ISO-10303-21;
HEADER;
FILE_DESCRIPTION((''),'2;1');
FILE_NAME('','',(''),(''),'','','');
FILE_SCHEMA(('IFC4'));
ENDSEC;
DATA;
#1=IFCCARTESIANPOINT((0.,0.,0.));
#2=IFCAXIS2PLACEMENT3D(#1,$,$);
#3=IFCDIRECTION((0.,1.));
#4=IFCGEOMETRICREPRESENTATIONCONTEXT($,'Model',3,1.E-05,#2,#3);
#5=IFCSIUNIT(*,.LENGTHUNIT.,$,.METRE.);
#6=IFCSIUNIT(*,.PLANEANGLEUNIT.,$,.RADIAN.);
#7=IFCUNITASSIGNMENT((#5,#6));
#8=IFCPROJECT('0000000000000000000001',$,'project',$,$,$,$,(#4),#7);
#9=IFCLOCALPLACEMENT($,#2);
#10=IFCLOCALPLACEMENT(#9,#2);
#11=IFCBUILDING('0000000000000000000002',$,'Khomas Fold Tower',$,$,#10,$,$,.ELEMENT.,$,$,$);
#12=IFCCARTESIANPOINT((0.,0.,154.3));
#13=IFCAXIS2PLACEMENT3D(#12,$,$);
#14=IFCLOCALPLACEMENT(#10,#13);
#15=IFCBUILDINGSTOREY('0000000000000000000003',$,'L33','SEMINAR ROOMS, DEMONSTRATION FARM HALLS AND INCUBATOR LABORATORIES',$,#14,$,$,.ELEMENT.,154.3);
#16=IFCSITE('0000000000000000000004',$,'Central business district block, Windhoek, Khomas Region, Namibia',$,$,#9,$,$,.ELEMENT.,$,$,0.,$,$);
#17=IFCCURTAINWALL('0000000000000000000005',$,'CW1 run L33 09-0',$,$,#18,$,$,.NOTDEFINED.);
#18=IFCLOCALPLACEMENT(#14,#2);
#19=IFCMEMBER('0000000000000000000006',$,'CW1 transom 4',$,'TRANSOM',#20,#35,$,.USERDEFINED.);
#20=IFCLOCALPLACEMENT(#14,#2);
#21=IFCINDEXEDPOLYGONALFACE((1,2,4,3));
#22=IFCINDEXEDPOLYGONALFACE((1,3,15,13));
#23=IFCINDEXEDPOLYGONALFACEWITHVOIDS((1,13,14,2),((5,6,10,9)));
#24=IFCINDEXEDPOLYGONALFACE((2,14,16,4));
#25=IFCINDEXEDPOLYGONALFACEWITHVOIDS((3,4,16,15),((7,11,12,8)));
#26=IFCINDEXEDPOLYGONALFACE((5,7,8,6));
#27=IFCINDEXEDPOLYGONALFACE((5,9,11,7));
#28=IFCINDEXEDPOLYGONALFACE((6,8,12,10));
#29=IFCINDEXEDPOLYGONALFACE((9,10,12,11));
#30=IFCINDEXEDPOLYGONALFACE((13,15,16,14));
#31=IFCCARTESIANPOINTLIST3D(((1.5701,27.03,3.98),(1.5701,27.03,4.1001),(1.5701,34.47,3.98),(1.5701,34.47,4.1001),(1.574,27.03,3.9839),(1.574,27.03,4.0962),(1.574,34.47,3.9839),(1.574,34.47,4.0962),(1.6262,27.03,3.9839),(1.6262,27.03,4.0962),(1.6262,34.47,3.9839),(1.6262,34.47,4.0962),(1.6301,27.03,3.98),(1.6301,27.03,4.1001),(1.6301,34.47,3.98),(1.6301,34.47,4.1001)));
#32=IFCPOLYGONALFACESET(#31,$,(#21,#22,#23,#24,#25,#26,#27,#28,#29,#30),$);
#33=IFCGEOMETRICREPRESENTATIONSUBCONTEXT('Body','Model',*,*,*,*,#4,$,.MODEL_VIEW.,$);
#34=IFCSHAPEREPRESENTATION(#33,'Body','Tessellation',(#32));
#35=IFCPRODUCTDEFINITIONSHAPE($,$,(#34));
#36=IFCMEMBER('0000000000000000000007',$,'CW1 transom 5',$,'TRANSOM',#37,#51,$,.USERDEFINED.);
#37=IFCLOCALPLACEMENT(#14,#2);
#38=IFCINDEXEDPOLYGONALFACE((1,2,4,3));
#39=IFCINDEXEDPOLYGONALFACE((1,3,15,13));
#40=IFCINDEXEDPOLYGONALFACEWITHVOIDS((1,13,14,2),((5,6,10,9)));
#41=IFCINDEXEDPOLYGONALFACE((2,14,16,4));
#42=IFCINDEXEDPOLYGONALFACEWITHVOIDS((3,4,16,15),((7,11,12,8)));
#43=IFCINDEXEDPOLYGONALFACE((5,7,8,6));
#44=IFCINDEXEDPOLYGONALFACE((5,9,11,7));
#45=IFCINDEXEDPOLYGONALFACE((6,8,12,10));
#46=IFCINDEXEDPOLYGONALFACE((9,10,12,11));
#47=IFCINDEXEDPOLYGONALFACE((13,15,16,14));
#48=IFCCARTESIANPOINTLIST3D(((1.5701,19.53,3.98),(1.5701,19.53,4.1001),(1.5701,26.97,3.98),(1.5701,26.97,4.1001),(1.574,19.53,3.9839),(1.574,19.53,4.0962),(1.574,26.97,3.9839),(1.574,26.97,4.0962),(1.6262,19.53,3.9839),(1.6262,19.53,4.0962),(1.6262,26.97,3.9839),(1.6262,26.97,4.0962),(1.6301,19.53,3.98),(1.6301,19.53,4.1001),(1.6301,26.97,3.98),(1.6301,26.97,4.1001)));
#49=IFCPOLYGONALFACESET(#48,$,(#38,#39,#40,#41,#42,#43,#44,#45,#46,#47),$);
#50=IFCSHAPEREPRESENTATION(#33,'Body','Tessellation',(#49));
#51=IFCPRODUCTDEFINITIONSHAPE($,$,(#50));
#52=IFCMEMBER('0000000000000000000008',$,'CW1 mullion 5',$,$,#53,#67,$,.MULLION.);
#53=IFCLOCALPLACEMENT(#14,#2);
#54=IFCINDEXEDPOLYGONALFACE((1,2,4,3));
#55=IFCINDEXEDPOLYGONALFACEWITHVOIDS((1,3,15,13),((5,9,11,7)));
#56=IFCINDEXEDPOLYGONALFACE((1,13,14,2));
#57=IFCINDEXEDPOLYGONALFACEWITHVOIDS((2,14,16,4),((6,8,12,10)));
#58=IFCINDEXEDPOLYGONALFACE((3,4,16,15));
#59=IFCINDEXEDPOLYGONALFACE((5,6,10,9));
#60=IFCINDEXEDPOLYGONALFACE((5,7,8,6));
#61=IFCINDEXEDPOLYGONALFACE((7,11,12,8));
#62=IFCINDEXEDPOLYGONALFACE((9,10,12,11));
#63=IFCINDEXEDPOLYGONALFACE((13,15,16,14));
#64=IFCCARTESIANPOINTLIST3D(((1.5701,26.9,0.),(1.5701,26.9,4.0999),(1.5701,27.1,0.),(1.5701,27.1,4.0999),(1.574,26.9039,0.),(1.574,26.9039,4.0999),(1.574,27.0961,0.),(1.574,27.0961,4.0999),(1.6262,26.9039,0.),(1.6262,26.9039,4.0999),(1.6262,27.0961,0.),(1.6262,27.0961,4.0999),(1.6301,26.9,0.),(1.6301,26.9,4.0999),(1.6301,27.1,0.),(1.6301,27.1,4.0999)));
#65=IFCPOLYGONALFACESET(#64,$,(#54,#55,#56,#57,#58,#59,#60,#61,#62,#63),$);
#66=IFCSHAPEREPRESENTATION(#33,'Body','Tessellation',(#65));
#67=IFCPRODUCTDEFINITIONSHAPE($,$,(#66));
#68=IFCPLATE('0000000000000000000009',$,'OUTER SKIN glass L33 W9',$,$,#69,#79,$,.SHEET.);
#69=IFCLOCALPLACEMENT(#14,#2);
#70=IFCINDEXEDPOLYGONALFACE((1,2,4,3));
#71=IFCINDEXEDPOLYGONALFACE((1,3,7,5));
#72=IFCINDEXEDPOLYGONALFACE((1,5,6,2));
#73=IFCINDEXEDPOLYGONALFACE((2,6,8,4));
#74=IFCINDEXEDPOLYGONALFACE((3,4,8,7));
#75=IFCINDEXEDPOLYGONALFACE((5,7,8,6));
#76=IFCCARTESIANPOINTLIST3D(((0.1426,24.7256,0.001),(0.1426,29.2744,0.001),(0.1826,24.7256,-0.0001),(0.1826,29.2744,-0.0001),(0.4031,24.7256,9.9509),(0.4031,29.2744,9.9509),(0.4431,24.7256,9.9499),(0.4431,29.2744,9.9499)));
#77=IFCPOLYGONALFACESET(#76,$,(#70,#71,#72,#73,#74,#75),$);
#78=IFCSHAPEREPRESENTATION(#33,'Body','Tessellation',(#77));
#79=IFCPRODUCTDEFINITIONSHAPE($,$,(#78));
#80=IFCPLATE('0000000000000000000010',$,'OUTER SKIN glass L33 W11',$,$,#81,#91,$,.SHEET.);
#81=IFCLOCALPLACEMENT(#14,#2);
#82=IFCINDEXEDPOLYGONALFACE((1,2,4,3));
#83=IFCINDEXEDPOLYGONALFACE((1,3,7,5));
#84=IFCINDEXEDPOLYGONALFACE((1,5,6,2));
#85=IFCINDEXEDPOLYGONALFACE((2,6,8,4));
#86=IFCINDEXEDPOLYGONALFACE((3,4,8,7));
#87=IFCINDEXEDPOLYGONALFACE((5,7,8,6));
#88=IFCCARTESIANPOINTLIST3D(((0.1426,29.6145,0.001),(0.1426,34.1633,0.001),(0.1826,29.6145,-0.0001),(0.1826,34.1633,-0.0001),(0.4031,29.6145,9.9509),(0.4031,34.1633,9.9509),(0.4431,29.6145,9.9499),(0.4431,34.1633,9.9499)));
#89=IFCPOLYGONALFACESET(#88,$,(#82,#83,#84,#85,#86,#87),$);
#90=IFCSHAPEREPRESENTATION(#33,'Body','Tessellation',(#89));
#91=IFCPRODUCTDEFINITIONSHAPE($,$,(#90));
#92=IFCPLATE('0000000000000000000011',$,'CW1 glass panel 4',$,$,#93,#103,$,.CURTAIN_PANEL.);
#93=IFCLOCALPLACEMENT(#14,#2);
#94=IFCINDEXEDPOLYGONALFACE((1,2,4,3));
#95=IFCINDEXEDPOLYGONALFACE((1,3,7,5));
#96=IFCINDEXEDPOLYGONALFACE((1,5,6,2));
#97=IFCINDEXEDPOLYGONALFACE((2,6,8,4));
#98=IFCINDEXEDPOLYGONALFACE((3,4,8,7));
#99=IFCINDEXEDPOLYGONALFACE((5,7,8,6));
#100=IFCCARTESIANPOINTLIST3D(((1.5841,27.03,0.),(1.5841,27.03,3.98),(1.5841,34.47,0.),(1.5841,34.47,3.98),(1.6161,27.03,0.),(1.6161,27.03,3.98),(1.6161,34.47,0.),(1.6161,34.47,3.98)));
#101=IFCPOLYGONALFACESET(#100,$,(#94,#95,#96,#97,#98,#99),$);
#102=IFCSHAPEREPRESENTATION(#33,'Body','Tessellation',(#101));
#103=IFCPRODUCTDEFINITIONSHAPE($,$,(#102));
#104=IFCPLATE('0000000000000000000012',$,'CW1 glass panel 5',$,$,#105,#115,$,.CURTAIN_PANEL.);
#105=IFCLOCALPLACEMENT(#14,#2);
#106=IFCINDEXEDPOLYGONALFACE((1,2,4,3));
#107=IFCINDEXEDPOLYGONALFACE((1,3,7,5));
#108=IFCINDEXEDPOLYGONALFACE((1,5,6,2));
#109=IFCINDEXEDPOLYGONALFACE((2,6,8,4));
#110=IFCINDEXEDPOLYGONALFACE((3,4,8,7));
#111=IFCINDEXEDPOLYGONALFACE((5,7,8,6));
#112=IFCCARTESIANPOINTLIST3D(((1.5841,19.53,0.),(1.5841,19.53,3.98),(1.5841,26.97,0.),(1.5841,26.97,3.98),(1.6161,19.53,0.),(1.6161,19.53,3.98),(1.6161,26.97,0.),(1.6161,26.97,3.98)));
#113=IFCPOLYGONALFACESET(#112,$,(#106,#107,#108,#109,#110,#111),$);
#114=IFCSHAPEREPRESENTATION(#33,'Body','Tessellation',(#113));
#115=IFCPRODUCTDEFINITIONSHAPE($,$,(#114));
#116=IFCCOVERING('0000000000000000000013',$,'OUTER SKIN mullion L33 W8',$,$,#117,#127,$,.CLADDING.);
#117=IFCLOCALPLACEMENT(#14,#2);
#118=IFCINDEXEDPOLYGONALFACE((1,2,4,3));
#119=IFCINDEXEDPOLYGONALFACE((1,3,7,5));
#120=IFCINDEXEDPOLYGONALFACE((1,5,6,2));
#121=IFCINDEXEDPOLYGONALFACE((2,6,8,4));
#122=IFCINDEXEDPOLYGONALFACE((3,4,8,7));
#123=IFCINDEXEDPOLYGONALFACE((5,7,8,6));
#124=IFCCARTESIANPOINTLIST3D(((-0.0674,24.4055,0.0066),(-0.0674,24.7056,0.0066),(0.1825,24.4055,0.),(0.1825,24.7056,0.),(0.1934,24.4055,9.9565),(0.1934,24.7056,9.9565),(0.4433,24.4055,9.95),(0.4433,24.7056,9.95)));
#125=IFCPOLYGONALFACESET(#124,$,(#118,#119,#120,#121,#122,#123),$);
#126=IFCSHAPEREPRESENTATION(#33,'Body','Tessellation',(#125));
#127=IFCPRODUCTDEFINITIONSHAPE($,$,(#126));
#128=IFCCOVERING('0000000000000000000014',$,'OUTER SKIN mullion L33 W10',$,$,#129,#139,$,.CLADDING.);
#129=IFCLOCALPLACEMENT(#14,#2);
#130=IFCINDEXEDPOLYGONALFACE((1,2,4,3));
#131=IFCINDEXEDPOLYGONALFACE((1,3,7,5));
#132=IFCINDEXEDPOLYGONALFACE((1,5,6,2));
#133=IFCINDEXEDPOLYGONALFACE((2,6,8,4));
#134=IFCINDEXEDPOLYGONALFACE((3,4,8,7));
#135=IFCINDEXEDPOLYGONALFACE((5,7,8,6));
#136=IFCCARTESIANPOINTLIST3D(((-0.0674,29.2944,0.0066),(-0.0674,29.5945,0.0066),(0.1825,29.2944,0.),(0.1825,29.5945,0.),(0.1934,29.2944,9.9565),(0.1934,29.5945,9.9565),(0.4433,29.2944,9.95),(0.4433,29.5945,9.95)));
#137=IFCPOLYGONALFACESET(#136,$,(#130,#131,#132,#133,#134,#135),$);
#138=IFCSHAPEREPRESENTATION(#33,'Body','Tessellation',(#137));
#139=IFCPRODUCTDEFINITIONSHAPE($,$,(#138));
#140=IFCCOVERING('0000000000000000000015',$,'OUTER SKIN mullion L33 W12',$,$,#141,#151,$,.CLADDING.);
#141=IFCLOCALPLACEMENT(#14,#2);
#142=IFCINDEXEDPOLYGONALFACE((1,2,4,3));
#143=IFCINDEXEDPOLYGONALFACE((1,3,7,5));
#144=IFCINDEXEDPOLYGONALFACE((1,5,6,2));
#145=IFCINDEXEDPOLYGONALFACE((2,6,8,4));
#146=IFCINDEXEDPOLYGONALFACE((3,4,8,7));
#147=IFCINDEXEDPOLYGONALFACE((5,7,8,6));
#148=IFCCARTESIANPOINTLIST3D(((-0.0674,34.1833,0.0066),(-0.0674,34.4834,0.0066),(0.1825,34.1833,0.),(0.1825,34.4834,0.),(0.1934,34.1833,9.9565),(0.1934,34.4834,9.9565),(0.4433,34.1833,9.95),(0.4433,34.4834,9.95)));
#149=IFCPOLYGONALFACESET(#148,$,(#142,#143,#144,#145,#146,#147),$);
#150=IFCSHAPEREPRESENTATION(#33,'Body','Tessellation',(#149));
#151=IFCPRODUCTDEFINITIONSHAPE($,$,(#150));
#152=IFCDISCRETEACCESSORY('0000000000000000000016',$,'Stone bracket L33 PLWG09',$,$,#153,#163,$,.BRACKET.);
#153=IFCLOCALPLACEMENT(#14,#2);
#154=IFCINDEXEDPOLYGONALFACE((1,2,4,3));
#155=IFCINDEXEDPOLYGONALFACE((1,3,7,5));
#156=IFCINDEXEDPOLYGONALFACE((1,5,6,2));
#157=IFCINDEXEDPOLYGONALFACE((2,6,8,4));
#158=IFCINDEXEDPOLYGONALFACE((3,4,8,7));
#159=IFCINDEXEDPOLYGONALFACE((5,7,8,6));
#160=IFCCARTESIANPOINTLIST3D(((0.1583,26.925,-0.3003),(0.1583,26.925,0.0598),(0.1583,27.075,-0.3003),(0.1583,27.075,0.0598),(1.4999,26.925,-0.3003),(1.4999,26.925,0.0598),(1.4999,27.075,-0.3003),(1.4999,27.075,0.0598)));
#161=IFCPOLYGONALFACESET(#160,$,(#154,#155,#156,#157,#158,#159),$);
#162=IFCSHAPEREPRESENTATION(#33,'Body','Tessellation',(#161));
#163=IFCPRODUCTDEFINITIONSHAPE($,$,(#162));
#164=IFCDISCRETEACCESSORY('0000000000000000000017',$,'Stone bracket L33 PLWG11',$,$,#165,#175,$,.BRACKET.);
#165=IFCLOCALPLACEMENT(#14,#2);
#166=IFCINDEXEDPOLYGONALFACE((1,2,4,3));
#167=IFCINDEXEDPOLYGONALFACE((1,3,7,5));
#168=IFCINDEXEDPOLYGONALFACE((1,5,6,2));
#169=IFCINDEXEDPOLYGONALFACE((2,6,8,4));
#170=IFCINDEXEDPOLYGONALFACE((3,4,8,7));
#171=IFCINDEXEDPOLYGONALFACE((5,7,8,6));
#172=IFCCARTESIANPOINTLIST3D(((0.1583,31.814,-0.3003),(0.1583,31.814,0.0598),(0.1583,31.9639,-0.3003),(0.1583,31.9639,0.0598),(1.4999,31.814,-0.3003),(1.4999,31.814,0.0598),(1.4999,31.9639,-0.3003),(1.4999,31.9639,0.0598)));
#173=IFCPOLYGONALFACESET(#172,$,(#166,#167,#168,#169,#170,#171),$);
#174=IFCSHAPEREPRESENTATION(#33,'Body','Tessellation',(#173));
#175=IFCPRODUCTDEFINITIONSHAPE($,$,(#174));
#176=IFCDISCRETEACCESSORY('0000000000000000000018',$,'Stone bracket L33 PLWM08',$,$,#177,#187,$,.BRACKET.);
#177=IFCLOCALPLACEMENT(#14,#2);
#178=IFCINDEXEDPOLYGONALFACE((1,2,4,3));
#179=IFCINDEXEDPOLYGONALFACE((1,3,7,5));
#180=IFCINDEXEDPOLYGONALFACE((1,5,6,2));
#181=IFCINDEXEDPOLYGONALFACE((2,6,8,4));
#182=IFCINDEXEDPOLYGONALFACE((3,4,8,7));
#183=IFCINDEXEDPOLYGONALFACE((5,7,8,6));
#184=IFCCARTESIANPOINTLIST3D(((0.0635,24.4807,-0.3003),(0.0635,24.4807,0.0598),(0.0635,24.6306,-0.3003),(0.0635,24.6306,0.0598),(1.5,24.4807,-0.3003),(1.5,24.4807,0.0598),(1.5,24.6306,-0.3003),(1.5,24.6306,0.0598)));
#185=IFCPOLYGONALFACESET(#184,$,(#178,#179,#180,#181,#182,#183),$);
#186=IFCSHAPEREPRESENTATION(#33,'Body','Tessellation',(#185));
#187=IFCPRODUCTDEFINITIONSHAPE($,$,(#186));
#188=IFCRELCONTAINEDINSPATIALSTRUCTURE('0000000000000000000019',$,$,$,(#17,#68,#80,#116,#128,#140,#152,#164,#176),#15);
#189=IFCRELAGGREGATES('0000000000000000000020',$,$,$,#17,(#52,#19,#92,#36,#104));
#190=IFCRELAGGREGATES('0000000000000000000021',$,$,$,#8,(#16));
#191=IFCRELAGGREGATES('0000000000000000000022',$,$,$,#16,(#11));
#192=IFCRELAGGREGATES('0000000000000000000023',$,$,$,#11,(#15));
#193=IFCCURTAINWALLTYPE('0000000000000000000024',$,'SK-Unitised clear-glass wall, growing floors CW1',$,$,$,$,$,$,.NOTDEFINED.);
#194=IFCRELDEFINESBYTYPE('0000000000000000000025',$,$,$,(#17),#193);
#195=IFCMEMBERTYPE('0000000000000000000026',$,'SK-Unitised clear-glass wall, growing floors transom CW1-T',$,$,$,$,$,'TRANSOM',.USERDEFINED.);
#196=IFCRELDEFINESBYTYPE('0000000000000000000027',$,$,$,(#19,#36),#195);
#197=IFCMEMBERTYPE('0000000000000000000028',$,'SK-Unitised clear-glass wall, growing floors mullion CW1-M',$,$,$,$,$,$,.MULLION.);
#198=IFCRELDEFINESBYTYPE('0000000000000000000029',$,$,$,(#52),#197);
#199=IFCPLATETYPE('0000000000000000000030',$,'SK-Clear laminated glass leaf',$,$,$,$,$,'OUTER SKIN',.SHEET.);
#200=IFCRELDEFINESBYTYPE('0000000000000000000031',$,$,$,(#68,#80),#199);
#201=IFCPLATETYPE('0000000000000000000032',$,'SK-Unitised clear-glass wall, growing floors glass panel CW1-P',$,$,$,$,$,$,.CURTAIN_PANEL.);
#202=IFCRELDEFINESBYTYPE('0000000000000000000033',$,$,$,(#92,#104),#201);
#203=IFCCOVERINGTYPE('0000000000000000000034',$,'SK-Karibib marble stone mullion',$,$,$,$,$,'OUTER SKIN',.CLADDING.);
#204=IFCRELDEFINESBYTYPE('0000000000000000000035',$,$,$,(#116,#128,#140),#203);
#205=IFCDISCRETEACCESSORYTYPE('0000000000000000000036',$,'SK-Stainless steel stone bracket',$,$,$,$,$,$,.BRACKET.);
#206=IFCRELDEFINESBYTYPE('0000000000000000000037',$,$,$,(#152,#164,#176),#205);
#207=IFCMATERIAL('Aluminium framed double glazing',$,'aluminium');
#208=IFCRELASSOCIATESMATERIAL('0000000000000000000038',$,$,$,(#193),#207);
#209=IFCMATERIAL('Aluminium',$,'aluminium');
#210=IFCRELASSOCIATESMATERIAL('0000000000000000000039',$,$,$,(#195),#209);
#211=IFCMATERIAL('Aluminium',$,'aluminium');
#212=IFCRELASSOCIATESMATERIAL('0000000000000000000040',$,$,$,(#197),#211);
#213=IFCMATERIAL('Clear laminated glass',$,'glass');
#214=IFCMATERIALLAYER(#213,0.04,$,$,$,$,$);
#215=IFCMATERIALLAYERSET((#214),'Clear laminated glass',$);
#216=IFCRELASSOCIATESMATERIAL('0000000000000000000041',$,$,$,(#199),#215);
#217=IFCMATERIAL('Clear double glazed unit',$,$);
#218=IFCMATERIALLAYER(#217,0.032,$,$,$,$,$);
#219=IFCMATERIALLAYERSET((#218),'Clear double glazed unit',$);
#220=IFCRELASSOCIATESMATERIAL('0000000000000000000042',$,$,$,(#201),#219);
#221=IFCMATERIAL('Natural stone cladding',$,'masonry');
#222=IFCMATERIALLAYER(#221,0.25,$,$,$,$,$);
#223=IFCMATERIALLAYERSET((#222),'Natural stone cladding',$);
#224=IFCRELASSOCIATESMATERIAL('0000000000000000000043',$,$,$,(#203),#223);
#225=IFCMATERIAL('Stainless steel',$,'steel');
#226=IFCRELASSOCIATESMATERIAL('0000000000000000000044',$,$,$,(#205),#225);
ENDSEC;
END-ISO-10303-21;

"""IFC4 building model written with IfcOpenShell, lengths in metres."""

from ifc_helpers import new_model, si_unit, direction, frame, origin, origin_2d, place, context, subcontext, project, spatial, polyline, rectangle, hollow_rectangle, outline, extrude, source, transform, mapped, material, layer, layer_set, material_profile, profile_set, type_object, element, aggregate, save


model = new_model("IFC4")

# Units and contexts
model_context = context("Model", 3, precision=1e-05, world=origin(), true_north=direction((0.0, 1.0)))
body_context = subcontext(model_context, "Body", "Model", "MODEL_VIEW")
ifc_project = project(units=[si_unit("LENGTHUNIT", "METRE"), si_unit("PLANEANGLEUNIT", "RADIAN")], contexts=[model_context])

# Site, building, storey
site_placement = place(None, origin())
site = spatial("IfcSite", under=ifc_project, at=site_placement, Name="Central business district block, Windhoek, Khomas Region, Namibia", CompositionType="ELEMENT", RefElevation=0.0)
building_placement = place(site_placement, origin())
building = spatial("IfcBuilding", under=site, at=building_placement, Name="Khomas Fold Tower", CompositionType="ELEMENT")
storey_placement = place(building_placement, frame((0.0, 0.0, 154.3)))
storey = spatial("IfcBuildingStorey", under=building, at=storey_placement, Name="L33", Description="SEMINAR ROOMS, DEMONSTRATION FARM HALLS AND INCUBATOR LABORATORIES", CompositionType="ELEMENT", Elevation=154.3)

# Curtain wall, members
ifc_material_1 = material(Name="Aluminium framed double glazing", Category="aluminium")
curtain_wall_type = type_object("IfcCurtainWallType", Name="SK-Unitised clear-glass wall, growing floors CW1", PredefinedType="NOTDEFINED", material=ifc_material_1)
curtain_wall_placement = place(storey_placement, origin())
curtain_wall = element("IfcCurtainWall", 1, at=curtain_wall_placement, inside=storey, type_object=curtain_wall_type, Name="CW1 run L33 09-0", PredefinedType="NOTDEFINED")
ifc_material_2 = material(Name="Aluminium", Category="aluminium")
ifc_material_profile_1 = material_profile(ifc_material_2, hollow_rectangle(XDim=0.0601, YDim=0.1201, WallThickness=0.0039, at=origin_2d()), Name="SK-Unitised clear-glass wall, growing floors transom CW1-T")
ifc_profile_set_1 = profile_set([ifc_material_profile_1], Name="Aluminium")
member_type_1 = type_object("IfcMemberType", Name="SK-Unitised clear-glass wall, growing floors transom CW1-T", ElementType="TRANSOM", PredefinedType="USERDEFINED", material=ifc_profile_set_1)
shared_shape_1 = source(origin(), body_context, "Body", "SweptSolid", [
    extrude(hollow_rectangle(XDim=0.0601, YDim=0.1201, WallThickness=0.0039, at=origin_2d()), origin(), (0.0, 0.0, 1.0), 7.4399),
])
member_1_placement = place(storey_placement, frame((1.6001, 34.47, 4.04), z_axis=(0.0, -1.0, 0.0), x_axis=(1.0, 0.0, 0.0)))
member_1 = element("IfcMember", 2, at=member_1_placement, type_object=member_type_1, Name="CW1 transom 4", ObjectType="TRANSOM", PredefinedType="USERDEFINED", context=body_context, shape_type="MappedRepresentation", body=[
    mapped(shared_shape_1, transform((0.0, 0.0, 0.0))),
])
member_2_placement = place(storey_placement, frame((1.6001, 26.97, 4.04), z_axis=(0.0, -1.0, 0.0), x_axis=(1.0, 0.0, 0.0)))
member_2 = element("IfcMember", 3, at=member_2_placement, type_object=member_type_1, Name="CW1 transom 5", ObjectType="TRANSOM", PredefinedType="USERDEFINED", context=body_context, shape_type="MappedRepresentation", body=[
    mapped(shared_shape_1, transform((0.0, 0.0, 0.0))),
])
ifc_material_3 = material(Name="Aluminium", Category="aluminium")
ifc_material_profile_2 = material_profile(ifc_material_3, hollow_rectangle(XDim=0.0601, YDim=0.2, WallThickness=0.0039, at=origin_2d()), Name="SK-Unitised clear-glass wall, growing floors mullion CW1-M")
ifc_profile_set_2 = profile_set([ifc_material_profile_2], Name="Aluminium")
member_type_2 = type_object("IfcMemberType", Name="SK-Unitised clear-glass wall, growing floors mullion CW1-M", PredefinedType="MULLION", material=ifc_profile_set_2)
shared_shape_2 = source(origin(), body_context, "Body", "SweptSolid", [
    extrude(hollow_rectangle(XDim=0.0601, YDim=0.2, WallThickness=0.0039, at=origin_2d()), origin(), (0.0, 0.0, 1.0), 4.0999),
])
member_3_placement = place(storey_placement, frame((1.6001, 27.0, 0.0), z_axis=(0.0, 0.0, 1.0), x_axis=(1.0, 0.0, 0.0)))
member_3 = element("IfcMember", 4, at=member_3_placement, type_object=member_type_2, Name="CW1 mullion 5", PredefinedType="MULLION", context=body_context, shape_type="MappedRepresentation", body=[
    mapped(shared_shape_2, transform((0.0, 0.0, 0.0))),
])

# Plates
ifc_material_4 = material(Name="Clear laminated glass", Category="glass")
ifc_layer_1 = layer(ifc_material_4, 0.04)
ifc_layer_set_1 = layer_set([ifc_layer_1], Name="Clear laminated glass")
plate_type_1 = type_object("IfcPlateType", Name="SK-Clear laminated glass leaf", ElementType="OUTER SKIN", PredefinedType="SHEET", material=ifc_layer_set_1)
for number, where, z_axis, x_axis, name in (
    (5, (0.1426, 24.7256, 0.001), (-0.999657, 0.0, 0.026172), (0.0, 1.0, 0.0), "OUTER SKIN glass L33 W9"),
    (6, (0.1426, 29.6145, 0.001), (-0.999657, 0.0, 0.026172), (0.0, 1.0, 0.0), "OUTER SKIN glass L33 W11"),
):
    element("IfcPlate", number, at=place(storey_placement, frame(where, z_axis=z_axis, x_axis=x_axis)), inside=storey, type_object=plate_type_1, Name=name, PredefinedType="SHEET", context=body_context, shape_type="SweptSolid", body=[
        extrude(outline(polyline([(0.0, 0.0), (4.5488, 0.0), (4.5488, -9.9534), (0.0, -9.9534), (0.0, 0.0)])), origin(), (0.0, 0.0, -1.0), 0.04),
    ])

# Plates
ifc_material_5 = material(Name="Clear double glazed unit")
ifc_layer_2 = layer(ifc_material_5, 0.032)
ifc_layer_set_2 = layer_set([ifc_layer_2], Name="Clear double glazed unit")
plate_type_2 = type_object("IfcPlateType", Name="SK-Unitised clear-glass wall, growing floors glass panel CW1-P", PredefinedType="CURTAIN_PANEL", material=ifc_layer_set_2)
shared_shape_3 = source(origin(), body_context, "Body", "SweptSolid", [
    extrude(rectangle(XDim=7.4399, YDim=0.032, at=origin_2d()), origin(), (0.0, 0.0, 1.0), 3.98),
])
plate_1_placement = place(storey_placement, frame((1.6001, 30.75, 0.0), z_axis=(0.0, 0.0, 1.0), x_axis=(0.0, -1.0, 0.0)))
plate_1 = element("IfcPlate", 7, at=plate_1_placement, type_object=plate_type_2, Name="CW1 glass panel 4", PredefinedType="CURTAIN_PANEL", context=body_context, shape_type="MappedRepresentation", body=[
    mapped(shared_shape_3, transform((0.0, 0.0, 0.0))),
])
plate_2_placement = place(storey_placement, frame((1.6001, 23.25, 0.0), z_axis=(0.0, 0.0, 1.0), x_axis=(0.0, -1.0, 0.0)))
plate_2 = element("IfcPlate", 8, at=plate_2_placement, type_object=plate_type_2, Name="CW1 glass panel 5", PredefinedType="CURTAIN_PANEL", context=body_context, shape_type="MappedRepresentation", body=[
    mapped(shared_shape_3, transform((0.0, 0.0, 0.0))),
])
aggregate(curtain_wall, [member_3, member_1, plate_1, member_2, plate_2])

# Coverings
ifc_material_6 = material(Name="Natural stone cladding", Category="masonry")
ifc_layer_3 = layer(ifc_material_6, 0.25)
ifc_layer_set_3 = layer_set([ifc_layer_3], Name="Natural stone cladding")
covering_type = type_object("IfcCoveringType", Name="SK-Karibib marble stone mullion", ElementType="OUTER SKIN", PredefinedType="CLADDING", material=ifc_layer_set_3)
for number, where, z_axis, x_axis, name in (
    (9, (-0.0674, 24.4055, 0.0066), (-0.999657, 0.0, 0.026196), (0.0, 1.0, 0.0), "OUTER SKIN mullion L33 W8"),
    (10, (-0.0674, 29.2944, 0.0066), (-0.999657, 0.0, 0.026196), (0.0, 1.0, 0.0), "OUTER SKIN mullion L33 W10"),
    (11, (-0.0674, 34.1833, 0.0066), (-0.999657, 0.0, 0.026196), (0.0, 1.0, 0.0), "OUTER SKIN mullion L33 W12"),
):
    element("IfcCovering", number, at=place(storey_placement, frame(where, z_axis=z_axis, x_axis=x_axis)), inside=storey, type_object=covering_type, Name=name, PredefinedType="CLADDING", context=body_context, shape_type="SweptSolid", body=[
        extrude(outline(polyline([(0.0, 0.0), (0.3, 0.0), (0.3, -9.9534), (0.0, -9.9534), (0.0, 0.0)])), origin(), (0.0, 0.0, -1.0), 0.25),
    ])

# Discrete accessories
ifc_material_7 = material(Name="Stainless steel", Category="steel")
discrete_accessory_type = type_object("IfcDiscreteAccessoryType", Name="SK-Stainless steel stone bracket", PredefinedType="BRACKET", material=ifc_material_7)
shared_shape_4 = source(origin(), body_context, "Body", "SweptSolid", [
    extrude(rectangle(XDim=1.3416, YDim=0.1499, at=origin_2d()), origin(), (0.0, 0.0, 1.0), 0.3601),
])
for number, where, z_axis, x_axis, name in (
    (12, (0.8291, 27.0, -0.3003), (0.0, 0.0, 1.0), (-1.0, 0.0, 0.0), "Stone bracket L33 PLWG09"),
    (13, (0.8291, 31.8889, -0.3003), (0.0, 0.0, 1.0), (-1.0, 0.0, 0.0), "Stone bracket L33 PLWG11"),
):
    element("IfcDiscreteAccessory", number, at=place(storey_placement, frame(where, z_axis=z_axis, x_axis=x_axis)), inside=storey, type_object=discrete_accessory_type, Name=name, PredefinedType="BRACKET", context=body_context, shape_type="MappedRepresentation", body=[
        mapped(shared_shape_4, transform((0.0, 0.0, 0.0))),
    ])
shared_shape_5 = source(origin(), body_context, "Body", "SweptSolid", [
    extrude(rectangle(XDim=1.4365, YDim=0.1499, at=origin_2d()), origin(), (0.0, 0.0, 1.0), 0.3601),
])
for number, where, z_axis, x_axis, name in (
    (14, (0.7817, 24.5557, -0.3003), (0.0, 0.0, 1.0), (-1.0, 0.0, 0.0), "Stone bracket L33 PLWM08"),
):
    element("IfcDiscreteAccessory", number, at=place(storey_placement, frame(where, z_axis=z_axis, x_axis=x_axis)), inside=storey, type_object=discrete_accessory_type, Name=name, PredefinedType="BRACKET", context=body_context, shape_type="MappedRepresentation", body=[
        mapped(shared_shape_5, transform((0.0, 0.0, 0.0))),
    ])

save(model, "model.ifc")
